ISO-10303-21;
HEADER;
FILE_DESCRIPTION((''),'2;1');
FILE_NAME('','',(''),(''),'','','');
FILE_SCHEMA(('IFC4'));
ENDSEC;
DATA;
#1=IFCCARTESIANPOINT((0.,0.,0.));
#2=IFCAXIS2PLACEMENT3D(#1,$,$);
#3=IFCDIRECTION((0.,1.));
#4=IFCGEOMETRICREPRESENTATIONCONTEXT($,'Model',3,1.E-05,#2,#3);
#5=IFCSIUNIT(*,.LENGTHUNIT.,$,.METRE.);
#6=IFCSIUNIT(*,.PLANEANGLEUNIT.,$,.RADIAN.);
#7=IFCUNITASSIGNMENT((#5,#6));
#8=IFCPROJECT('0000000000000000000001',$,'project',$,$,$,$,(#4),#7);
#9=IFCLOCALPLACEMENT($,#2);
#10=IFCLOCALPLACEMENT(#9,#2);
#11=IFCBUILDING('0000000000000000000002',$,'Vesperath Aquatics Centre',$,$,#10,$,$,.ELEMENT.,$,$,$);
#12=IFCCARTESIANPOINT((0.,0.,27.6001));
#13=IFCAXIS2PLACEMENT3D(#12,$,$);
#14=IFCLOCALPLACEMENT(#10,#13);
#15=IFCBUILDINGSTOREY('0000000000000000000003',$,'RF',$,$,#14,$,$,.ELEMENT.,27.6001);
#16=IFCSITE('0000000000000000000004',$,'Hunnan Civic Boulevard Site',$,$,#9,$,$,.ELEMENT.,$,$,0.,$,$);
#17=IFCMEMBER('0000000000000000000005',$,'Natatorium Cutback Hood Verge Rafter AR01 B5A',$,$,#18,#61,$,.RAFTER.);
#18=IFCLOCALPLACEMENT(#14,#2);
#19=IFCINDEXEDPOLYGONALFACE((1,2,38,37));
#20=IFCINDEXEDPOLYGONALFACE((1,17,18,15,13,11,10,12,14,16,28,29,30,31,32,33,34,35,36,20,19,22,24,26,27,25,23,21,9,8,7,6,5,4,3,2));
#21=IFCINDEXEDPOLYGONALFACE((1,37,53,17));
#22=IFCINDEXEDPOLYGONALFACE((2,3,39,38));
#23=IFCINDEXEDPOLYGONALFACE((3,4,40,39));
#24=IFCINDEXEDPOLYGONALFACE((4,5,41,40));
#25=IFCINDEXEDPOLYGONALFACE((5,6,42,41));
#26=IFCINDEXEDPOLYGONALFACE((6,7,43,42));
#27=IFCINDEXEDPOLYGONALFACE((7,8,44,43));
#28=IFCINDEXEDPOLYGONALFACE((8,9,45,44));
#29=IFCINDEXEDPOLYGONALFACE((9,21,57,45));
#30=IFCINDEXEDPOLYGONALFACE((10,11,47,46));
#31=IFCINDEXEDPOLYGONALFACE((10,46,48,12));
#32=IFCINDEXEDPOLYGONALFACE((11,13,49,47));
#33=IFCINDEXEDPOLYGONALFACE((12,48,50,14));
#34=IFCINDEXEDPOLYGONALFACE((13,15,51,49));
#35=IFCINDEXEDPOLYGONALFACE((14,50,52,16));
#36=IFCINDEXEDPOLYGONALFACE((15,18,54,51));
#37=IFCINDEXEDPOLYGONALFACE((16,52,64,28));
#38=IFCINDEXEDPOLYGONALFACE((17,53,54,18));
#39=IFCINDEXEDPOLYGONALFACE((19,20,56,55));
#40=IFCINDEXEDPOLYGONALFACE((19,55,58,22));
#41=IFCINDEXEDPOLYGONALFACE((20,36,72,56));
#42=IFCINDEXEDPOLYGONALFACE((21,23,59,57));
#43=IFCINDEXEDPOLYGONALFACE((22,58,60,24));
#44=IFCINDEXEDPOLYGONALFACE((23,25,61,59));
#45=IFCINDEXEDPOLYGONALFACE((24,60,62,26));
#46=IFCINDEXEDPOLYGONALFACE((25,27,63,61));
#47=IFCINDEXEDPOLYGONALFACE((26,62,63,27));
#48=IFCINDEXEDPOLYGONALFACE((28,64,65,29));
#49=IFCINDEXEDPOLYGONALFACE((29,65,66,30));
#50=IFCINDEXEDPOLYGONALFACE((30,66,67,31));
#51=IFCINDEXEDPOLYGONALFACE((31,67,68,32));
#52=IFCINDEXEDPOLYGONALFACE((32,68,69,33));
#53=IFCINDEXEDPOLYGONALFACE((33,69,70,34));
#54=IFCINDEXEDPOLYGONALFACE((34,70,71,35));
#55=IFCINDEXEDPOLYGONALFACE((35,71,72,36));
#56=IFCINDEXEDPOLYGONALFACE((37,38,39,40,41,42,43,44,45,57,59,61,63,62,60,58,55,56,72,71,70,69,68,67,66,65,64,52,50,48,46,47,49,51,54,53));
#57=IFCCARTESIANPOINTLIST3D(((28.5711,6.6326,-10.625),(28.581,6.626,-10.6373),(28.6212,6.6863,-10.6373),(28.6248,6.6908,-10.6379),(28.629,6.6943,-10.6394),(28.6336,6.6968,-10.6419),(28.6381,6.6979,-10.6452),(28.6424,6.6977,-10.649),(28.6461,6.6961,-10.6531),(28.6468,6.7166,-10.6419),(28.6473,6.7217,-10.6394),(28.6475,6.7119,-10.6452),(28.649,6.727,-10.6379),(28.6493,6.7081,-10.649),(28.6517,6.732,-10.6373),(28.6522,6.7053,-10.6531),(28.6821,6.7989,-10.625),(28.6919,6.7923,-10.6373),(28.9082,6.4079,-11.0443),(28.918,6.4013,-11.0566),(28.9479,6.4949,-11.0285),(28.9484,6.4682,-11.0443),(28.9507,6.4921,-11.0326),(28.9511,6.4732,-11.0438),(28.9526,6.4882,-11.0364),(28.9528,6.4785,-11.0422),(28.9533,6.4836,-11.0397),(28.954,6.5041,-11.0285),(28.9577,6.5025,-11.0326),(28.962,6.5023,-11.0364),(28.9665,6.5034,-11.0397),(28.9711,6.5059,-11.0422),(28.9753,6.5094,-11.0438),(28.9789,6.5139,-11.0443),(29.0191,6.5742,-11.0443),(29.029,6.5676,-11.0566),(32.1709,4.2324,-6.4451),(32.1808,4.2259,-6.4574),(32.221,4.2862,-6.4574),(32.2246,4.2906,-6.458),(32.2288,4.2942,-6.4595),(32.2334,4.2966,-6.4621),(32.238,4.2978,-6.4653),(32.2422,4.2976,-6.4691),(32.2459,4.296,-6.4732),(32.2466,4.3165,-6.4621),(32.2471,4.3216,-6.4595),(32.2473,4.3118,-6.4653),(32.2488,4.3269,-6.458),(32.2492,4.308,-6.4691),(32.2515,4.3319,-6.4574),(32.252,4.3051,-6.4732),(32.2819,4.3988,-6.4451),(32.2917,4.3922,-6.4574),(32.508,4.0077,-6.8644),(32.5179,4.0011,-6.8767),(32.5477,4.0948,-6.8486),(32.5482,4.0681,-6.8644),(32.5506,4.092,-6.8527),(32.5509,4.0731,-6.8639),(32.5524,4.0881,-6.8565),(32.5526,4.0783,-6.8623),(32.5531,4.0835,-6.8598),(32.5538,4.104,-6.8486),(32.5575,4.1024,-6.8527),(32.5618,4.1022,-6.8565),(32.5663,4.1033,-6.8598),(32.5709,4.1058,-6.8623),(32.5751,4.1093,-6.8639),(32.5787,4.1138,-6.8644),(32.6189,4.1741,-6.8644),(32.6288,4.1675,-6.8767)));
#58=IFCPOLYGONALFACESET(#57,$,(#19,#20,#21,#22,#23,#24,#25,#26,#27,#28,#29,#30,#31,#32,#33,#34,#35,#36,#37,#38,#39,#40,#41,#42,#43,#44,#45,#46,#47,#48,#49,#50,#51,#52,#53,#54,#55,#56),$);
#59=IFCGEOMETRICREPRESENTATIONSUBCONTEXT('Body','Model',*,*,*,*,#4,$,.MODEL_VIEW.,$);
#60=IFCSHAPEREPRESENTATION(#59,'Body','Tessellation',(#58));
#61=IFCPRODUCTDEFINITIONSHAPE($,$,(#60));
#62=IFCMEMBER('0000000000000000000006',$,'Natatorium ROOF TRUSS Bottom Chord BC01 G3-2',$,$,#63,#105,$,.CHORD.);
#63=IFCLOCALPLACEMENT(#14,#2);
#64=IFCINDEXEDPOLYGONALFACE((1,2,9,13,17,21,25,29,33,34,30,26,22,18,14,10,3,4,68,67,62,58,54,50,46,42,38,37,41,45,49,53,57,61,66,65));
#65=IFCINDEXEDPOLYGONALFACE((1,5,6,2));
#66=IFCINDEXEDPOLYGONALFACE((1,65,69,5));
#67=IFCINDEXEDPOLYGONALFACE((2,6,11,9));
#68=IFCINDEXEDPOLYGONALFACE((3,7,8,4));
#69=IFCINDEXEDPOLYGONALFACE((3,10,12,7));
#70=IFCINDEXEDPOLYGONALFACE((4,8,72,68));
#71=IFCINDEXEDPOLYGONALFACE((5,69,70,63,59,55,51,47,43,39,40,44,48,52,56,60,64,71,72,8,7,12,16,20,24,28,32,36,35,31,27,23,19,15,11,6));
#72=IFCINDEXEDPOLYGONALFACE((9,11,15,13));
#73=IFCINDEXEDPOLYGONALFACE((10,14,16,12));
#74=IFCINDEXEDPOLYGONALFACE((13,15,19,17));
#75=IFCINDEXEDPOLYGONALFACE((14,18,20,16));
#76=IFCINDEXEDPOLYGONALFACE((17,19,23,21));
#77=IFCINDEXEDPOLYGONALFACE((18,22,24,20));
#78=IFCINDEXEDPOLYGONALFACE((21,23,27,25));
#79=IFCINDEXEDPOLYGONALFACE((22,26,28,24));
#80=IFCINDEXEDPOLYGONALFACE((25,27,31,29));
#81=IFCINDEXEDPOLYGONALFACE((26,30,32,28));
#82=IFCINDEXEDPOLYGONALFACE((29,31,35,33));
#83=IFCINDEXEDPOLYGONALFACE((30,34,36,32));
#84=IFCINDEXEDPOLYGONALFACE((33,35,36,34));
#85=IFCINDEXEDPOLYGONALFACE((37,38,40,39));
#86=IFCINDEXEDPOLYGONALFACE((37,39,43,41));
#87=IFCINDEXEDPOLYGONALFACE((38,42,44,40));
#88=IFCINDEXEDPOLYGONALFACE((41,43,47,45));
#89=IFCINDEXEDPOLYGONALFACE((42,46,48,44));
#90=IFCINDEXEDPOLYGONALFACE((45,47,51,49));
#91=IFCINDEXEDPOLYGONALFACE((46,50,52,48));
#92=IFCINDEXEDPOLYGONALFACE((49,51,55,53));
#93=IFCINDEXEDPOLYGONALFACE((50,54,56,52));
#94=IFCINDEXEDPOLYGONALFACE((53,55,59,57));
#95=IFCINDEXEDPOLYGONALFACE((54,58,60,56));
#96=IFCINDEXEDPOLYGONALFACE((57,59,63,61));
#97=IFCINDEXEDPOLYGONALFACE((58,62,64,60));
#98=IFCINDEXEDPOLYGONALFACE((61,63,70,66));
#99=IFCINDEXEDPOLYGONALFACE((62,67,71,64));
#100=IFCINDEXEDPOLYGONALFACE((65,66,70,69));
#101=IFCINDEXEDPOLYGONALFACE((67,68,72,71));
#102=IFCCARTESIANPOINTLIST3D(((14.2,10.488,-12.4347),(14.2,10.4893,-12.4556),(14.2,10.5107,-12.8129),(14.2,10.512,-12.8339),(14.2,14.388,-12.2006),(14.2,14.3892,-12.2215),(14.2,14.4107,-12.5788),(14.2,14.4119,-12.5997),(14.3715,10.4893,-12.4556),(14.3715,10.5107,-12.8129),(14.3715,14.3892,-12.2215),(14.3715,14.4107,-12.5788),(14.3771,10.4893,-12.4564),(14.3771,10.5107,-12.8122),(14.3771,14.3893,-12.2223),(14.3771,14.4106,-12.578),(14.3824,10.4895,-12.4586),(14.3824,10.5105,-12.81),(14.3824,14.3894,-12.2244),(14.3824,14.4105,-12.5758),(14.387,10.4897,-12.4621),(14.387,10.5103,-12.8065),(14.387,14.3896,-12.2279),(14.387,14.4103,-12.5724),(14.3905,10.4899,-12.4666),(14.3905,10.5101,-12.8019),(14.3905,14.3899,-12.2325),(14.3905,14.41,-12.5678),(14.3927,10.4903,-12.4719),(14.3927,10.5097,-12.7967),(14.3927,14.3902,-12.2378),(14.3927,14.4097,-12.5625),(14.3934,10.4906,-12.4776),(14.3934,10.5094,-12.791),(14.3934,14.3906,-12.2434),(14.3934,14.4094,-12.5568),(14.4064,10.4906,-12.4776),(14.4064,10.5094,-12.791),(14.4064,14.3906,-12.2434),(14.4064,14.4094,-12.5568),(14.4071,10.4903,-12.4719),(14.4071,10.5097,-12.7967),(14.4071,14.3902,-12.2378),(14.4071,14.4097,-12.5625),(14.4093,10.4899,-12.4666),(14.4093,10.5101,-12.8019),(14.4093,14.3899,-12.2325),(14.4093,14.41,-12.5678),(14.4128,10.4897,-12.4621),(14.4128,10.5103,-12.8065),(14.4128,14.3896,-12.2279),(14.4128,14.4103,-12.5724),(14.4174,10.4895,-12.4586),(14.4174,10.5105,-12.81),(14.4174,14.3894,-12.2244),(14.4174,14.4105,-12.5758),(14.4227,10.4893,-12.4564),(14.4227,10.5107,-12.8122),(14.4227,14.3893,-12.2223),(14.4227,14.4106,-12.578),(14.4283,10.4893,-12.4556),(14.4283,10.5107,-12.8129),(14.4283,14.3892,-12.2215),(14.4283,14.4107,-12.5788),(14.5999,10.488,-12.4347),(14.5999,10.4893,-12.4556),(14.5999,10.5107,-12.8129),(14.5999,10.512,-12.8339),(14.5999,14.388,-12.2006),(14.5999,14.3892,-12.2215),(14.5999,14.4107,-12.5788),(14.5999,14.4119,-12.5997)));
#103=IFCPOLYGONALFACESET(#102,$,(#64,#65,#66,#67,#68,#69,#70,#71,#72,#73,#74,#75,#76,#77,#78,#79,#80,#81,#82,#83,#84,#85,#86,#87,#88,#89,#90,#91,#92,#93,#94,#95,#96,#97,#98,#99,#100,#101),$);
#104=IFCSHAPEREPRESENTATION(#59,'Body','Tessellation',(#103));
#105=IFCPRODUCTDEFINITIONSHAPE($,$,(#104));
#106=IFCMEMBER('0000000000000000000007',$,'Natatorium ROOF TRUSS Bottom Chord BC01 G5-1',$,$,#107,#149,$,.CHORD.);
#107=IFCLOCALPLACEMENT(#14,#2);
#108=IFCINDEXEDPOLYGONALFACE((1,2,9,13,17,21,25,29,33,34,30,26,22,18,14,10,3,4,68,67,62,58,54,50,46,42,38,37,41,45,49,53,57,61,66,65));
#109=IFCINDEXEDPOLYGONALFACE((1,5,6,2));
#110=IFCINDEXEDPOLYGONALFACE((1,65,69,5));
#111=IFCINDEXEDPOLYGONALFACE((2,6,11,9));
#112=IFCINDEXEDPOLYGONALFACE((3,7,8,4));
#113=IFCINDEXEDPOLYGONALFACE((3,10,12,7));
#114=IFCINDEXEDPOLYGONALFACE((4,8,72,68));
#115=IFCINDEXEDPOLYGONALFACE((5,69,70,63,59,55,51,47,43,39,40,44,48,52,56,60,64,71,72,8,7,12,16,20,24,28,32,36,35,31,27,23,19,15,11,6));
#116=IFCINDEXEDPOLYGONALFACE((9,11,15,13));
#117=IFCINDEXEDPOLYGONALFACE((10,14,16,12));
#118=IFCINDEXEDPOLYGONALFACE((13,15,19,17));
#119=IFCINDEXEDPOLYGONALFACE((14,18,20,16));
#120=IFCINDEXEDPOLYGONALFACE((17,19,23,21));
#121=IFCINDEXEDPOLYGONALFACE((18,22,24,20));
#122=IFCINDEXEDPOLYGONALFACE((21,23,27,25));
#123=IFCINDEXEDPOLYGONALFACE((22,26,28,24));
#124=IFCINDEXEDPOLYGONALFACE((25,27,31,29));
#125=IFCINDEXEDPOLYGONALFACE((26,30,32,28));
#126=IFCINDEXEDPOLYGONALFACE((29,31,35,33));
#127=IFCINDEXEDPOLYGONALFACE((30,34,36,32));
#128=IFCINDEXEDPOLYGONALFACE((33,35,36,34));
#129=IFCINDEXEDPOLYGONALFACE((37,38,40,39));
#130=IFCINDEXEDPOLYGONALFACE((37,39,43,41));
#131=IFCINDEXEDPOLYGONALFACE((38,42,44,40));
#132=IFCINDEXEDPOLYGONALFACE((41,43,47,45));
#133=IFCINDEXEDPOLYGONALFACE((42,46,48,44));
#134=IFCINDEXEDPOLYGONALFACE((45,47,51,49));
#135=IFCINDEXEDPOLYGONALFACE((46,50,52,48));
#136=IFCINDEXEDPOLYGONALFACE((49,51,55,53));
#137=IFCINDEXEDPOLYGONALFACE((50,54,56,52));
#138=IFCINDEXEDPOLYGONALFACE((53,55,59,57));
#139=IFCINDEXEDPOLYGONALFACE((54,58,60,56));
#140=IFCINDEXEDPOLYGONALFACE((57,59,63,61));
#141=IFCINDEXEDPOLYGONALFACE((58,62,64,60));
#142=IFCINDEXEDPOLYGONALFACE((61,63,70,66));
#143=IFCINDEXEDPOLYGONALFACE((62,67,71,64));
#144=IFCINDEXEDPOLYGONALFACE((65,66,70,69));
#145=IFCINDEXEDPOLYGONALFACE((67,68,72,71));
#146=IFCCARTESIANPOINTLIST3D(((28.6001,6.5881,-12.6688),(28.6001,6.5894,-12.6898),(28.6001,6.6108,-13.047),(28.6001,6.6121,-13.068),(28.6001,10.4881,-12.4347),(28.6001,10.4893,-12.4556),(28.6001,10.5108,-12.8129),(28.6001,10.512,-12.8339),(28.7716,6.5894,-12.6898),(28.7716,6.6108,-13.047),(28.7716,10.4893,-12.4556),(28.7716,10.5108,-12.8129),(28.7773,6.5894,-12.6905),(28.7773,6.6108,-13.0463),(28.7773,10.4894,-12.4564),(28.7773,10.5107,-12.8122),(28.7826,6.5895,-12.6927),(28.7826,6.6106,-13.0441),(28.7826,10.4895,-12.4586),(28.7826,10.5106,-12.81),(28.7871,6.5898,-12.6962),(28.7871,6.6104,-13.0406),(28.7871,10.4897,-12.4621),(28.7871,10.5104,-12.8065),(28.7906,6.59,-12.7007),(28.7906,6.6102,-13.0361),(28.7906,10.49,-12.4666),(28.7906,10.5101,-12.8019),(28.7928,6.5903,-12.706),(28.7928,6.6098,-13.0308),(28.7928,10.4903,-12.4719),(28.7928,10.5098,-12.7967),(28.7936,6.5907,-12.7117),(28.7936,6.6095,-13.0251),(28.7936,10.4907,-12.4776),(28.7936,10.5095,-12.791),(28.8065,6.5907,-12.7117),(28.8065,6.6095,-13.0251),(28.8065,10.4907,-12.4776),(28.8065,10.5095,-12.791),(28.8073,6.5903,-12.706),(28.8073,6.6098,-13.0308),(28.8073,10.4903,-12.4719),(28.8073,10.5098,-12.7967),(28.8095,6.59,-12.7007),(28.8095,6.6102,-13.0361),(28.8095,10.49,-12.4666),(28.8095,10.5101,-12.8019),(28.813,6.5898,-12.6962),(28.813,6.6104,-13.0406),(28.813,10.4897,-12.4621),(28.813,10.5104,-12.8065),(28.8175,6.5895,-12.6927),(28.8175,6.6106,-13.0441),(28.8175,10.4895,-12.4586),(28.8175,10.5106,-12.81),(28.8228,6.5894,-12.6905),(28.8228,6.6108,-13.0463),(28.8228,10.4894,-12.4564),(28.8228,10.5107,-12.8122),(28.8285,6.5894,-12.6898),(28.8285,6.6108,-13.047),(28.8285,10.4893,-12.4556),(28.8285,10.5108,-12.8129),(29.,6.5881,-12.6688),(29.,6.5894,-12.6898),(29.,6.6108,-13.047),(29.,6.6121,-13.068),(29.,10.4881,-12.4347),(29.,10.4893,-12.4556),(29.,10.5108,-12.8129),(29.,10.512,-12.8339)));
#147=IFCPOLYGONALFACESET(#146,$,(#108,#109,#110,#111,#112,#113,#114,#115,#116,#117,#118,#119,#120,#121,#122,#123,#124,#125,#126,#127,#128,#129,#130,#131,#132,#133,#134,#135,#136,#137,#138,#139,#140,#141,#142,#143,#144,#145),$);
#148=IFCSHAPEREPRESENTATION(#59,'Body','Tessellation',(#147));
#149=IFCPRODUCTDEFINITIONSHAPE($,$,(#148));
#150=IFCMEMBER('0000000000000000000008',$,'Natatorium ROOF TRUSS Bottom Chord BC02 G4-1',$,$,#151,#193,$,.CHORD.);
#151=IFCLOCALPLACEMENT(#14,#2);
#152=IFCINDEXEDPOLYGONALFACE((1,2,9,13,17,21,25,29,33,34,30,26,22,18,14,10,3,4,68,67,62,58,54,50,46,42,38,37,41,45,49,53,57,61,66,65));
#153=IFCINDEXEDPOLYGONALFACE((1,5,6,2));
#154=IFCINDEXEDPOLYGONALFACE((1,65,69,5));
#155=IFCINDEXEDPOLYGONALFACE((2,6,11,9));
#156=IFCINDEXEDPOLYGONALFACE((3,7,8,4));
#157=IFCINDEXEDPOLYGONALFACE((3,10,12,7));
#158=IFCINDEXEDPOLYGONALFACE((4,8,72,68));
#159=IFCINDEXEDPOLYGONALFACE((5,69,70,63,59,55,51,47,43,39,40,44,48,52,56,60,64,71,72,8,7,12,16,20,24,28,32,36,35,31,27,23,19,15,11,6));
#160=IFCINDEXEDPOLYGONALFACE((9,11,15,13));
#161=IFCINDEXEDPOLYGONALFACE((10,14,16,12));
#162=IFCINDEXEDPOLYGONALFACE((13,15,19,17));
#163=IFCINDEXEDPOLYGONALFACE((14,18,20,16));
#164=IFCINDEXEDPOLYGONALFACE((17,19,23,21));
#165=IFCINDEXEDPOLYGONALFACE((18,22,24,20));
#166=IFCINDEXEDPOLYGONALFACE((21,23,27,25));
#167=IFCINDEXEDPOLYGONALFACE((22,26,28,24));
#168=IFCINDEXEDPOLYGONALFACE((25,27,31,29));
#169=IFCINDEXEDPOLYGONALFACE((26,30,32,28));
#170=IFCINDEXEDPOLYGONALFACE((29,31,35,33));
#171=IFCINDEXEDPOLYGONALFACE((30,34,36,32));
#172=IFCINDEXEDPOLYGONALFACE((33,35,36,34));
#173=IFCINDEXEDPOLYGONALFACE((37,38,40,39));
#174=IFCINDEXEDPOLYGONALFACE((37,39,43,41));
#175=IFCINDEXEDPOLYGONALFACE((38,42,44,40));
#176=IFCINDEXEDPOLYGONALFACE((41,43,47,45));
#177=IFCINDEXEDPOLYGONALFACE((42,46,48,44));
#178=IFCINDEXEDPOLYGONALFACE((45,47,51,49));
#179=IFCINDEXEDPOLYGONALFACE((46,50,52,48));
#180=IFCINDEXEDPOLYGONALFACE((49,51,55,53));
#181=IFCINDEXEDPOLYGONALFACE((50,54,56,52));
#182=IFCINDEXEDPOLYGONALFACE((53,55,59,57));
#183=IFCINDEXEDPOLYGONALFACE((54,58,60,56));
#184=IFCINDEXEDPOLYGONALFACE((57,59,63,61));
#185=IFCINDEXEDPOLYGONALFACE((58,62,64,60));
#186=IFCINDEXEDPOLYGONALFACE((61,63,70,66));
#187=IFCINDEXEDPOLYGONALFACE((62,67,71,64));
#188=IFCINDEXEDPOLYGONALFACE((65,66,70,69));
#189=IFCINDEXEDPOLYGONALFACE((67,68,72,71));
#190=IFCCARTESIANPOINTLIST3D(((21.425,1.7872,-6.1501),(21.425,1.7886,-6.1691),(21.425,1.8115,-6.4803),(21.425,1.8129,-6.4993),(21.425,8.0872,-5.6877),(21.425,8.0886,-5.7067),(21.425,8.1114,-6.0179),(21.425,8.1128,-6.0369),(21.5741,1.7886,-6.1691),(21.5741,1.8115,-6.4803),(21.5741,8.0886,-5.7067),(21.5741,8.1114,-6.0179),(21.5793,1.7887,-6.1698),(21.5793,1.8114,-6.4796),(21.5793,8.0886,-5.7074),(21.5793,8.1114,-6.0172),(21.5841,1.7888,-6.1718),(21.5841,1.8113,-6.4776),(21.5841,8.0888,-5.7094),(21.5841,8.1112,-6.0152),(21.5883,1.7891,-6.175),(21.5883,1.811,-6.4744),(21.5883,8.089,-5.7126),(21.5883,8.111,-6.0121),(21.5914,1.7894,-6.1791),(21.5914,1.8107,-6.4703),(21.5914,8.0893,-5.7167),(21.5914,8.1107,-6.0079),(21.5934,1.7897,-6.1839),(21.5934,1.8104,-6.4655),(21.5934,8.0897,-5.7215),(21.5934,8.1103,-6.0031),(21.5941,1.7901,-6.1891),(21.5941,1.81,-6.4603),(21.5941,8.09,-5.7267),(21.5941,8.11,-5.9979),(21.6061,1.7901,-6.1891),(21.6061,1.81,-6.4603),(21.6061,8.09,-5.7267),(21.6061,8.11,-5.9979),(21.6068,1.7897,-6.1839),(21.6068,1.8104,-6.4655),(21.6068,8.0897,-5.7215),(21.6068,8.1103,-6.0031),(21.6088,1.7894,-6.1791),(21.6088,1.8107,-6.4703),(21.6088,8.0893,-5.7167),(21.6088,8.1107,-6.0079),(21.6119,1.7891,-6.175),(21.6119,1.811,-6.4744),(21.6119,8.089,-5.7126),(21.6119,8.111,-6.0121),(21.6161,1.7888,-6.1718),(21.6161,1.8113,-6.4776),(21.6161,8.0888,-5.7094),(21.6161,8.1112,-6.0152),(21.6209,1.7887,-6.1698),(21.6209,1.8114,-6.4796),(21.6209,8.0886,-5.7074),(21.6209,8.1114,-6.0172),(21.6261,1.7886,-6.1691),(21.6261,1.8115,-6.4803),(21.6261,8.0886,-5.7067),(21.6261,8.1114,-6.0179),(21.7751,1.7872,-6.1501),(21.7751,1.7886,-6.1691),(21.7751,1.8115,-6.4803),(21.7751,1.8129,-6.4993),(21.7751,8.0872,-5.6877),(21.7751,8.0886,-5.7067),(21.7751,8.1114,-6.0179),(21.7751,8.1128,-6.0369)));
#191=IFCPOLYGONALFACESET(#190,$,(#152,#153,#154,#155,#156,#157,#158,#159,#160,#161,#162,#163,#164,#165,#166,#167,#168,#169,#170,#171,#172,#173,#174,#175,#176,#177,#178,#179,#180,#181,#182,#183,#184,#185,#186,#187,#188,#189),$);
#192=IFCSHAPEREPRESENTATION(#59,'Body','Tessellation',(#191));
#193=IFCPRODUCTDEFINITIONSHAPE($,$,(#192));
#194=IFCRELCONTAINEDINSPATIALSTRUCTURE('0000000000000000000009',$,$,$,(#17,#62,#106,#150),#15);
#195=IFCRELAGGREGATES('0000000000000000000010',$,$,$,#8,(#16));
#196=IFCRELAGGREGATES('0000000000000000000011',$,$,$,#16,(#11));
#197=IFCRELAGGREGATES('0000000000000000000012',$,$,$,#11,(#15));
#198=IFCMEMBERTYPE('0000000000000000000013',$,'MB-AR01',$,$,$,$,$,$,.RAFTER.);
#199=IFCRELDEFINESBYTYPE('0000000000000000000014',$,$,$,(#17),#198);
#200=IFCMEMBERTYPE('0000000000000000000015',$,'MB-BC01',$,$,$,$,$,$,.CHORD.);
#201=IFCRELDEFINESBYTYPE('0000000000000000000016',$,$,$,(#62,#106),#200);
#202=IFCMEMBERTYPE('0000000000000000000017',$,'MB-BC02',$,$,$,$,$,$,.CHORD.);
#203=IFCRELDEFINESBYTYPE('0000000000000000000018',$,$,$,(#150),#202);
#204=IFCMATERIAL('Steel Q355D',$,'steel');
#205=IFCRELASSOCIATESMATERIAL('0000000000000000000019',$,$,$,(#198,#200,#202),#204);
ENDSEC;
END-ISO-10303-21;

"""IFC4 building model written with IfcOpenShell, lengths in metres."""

from ifc_helpers import new_model, si_unit, direction, frame, origin, origin_2d, place, context, subcontext, project, spatial, i_section, extrude, material, material_profile, profile_set, type_object, element, save


model = new_model("IFC4")

# Units and contexts
model_context = context("Model", 3, precision=1e-05, world=origin(), true_north=direction((0.0, 1.0)))
body_context = subcontext(model_context, "Body", "Model", "MODEL_VIEW")
ifc_project = project(units=[si_unit("LENGTHUNIT", "METRE"), si_unit("PLANEANGLEUNIT", "RADIAN")], contexts=[model_context])

# Site, building, storey
site_placement = place(None, origin())
site = spatial("IfcSite", under=ifc_project, at=site_placement, Name="Hunnan Civic Boulevard Site", CompositionType="ELEMENT", RefElevation=0.0)
building_placement = place(site_placement, origin())
building = spatial("IfcBuilding", under=site, at=building_placement, Name="Vesperath Aquatics Centre", CompositionType="ELEMENT")
storey_placement = place(building_placement, frame((0.0, 0.0, 27.6001)))
storey = spatial("IfcBuildingStorey", under=building, at=storey_placement, Name="RF", CompositionType="ELEMENT", Elevation=27.6001)

# Members
ifc_material_1 = material(Name="Steel Q355D", Category="steel")
ifc_material_profile_1 = material_profile(ifc_material_1, i_section(OverallWidth=0.2, OverallDepth=0.6001, WebThickness=0.011, FlangeThickness=0.0171, FilletRadius=0.022, at=origin_2d()), Name="HN 600x200x11x17")
ifc_profile_set_1 = profile_set([ifc_material_profile_1], Name="Steel Q355D")
member_type_1 = type_object("IfcMemberType", Name="MB-AR01", PredefinedType="RAFTER", material=ifc_profile_set_1)
member_1_placement = place(storey_placement, frame((28.8, 6.6001, -10.8408), z_axis=(0.598386, -0.398965, 0.69481), x_axis=(0.554739, 0.832024, 0.0)))
element("IfcMember", 1, at=member_1_placement, inside=storey, type_object=member_type_1, Name="Natatorium Cutback Hood Verge Rafter AR01 B5A", PredefinedType="RAFTER", context=body_context, shape_type="SweptSolid", body=[
    extrude(i_section(OverallWidth=0.2, OverallDepth=0.6001, WebThickness=0.011, FlangeThickness=0.0171, FilletRadius=0.022, at=origin_2d()), origin(), (0.0, 0.0, 1.0), 6.0159),
])
ifc_material_profile_2 = material_profile(ifc_material_1, i_section(OverallWidth=0.3999, OverallDepth=0.3999, WebThickness=0.0129, FlangeThickness=0.021, FilletRadius=0.022, at=origin_2d()), Name="HW 400x400x13x21")
ifc_profile_set_2 = profile_set([ifc_material_profile_2], Name="Steel Q355D")
member_type_2 = type_object("IfcMemberType", Name="MB-BC01", PredefinedType="CHORD", material=ifc_profile_set_2)
for number, where, z_axis, x_axis, name in (
    (2, (14.3999, 10.5, -12.6343), (0.0, 0.998203, 0.059927), (-1.0, 0.0, 0.0), "Natatorium ROOF TRUSS Bottom Chord BC01 G3-2"),
    (3, (28.8, 6.6001, -12.8684), (0.0, 0.998203, 0.059927), (-1.0, 0.0, 0.0), "Natatorium ROOF TRUSS Bottom Chord BC01 G5-1"),
):
    element("IfcMember", number, at=place(storey_placement, frame(where, z_axis=z_axis, x_axis=x_axis)), inside=storey, type_object=member_type_2, Name=name, PredefinedType="CHORD", context=body_context, shape_type="SweptSolid", body=[
        extrude(i_section(OverallWidth=0.3999, OverallDepth=0.3999, WebThickness=0.0129, FlangeThickness=0.021, FilletRadius=0.022, at=origin_2d()), origin(), (0.0, 0.0, 1.0), 3.907),
    ])
ifc_material_profile_3 = material_profile(ifc_material_1, i_section(OverallWidth=0.3501, OverallDepth=0.3501, WebThickness=0.012, FlangeThickness=0.019, FilletRadius=0.02, at=origin_2d()), Name="HW 350x350x12x19")
ifc_profile_set_3 = profile_set([ifc_material_profile_3], Name="Steel Q355D")
member_type_3 = type_object("IfcMemberType", Name="MB-BC02", PredefinedType="CHORD", material=ifc_profile_set_3)
member_2_placement = place(storey_placement, frame((21.6001, 1.8, -6.3247), z_axis=(0.0, 0.997317, 0.0732), x_axis=(-1.0, 0.0, 0.0)))
element("IfcMember", 4, at=member_2_placement, inside=storey, type_object=member_type_3, Name="Natatorium ROOF TRUSS Bottom Chord BC02 G4-1", PredefinedType="CHORD", context=body_context, shape_type="SweptSolid", body=[
    extrude(i_section(OverallWidth=0.3501, OverallDepth=0.3501, WebThickness=0.012, FlangeThickness=0.019, FilletRadius=0.02, at=origin_2d()), origin(), (0.0, 0.0, 1.0), 6.3169),
])

save(model, "model.ifc")
